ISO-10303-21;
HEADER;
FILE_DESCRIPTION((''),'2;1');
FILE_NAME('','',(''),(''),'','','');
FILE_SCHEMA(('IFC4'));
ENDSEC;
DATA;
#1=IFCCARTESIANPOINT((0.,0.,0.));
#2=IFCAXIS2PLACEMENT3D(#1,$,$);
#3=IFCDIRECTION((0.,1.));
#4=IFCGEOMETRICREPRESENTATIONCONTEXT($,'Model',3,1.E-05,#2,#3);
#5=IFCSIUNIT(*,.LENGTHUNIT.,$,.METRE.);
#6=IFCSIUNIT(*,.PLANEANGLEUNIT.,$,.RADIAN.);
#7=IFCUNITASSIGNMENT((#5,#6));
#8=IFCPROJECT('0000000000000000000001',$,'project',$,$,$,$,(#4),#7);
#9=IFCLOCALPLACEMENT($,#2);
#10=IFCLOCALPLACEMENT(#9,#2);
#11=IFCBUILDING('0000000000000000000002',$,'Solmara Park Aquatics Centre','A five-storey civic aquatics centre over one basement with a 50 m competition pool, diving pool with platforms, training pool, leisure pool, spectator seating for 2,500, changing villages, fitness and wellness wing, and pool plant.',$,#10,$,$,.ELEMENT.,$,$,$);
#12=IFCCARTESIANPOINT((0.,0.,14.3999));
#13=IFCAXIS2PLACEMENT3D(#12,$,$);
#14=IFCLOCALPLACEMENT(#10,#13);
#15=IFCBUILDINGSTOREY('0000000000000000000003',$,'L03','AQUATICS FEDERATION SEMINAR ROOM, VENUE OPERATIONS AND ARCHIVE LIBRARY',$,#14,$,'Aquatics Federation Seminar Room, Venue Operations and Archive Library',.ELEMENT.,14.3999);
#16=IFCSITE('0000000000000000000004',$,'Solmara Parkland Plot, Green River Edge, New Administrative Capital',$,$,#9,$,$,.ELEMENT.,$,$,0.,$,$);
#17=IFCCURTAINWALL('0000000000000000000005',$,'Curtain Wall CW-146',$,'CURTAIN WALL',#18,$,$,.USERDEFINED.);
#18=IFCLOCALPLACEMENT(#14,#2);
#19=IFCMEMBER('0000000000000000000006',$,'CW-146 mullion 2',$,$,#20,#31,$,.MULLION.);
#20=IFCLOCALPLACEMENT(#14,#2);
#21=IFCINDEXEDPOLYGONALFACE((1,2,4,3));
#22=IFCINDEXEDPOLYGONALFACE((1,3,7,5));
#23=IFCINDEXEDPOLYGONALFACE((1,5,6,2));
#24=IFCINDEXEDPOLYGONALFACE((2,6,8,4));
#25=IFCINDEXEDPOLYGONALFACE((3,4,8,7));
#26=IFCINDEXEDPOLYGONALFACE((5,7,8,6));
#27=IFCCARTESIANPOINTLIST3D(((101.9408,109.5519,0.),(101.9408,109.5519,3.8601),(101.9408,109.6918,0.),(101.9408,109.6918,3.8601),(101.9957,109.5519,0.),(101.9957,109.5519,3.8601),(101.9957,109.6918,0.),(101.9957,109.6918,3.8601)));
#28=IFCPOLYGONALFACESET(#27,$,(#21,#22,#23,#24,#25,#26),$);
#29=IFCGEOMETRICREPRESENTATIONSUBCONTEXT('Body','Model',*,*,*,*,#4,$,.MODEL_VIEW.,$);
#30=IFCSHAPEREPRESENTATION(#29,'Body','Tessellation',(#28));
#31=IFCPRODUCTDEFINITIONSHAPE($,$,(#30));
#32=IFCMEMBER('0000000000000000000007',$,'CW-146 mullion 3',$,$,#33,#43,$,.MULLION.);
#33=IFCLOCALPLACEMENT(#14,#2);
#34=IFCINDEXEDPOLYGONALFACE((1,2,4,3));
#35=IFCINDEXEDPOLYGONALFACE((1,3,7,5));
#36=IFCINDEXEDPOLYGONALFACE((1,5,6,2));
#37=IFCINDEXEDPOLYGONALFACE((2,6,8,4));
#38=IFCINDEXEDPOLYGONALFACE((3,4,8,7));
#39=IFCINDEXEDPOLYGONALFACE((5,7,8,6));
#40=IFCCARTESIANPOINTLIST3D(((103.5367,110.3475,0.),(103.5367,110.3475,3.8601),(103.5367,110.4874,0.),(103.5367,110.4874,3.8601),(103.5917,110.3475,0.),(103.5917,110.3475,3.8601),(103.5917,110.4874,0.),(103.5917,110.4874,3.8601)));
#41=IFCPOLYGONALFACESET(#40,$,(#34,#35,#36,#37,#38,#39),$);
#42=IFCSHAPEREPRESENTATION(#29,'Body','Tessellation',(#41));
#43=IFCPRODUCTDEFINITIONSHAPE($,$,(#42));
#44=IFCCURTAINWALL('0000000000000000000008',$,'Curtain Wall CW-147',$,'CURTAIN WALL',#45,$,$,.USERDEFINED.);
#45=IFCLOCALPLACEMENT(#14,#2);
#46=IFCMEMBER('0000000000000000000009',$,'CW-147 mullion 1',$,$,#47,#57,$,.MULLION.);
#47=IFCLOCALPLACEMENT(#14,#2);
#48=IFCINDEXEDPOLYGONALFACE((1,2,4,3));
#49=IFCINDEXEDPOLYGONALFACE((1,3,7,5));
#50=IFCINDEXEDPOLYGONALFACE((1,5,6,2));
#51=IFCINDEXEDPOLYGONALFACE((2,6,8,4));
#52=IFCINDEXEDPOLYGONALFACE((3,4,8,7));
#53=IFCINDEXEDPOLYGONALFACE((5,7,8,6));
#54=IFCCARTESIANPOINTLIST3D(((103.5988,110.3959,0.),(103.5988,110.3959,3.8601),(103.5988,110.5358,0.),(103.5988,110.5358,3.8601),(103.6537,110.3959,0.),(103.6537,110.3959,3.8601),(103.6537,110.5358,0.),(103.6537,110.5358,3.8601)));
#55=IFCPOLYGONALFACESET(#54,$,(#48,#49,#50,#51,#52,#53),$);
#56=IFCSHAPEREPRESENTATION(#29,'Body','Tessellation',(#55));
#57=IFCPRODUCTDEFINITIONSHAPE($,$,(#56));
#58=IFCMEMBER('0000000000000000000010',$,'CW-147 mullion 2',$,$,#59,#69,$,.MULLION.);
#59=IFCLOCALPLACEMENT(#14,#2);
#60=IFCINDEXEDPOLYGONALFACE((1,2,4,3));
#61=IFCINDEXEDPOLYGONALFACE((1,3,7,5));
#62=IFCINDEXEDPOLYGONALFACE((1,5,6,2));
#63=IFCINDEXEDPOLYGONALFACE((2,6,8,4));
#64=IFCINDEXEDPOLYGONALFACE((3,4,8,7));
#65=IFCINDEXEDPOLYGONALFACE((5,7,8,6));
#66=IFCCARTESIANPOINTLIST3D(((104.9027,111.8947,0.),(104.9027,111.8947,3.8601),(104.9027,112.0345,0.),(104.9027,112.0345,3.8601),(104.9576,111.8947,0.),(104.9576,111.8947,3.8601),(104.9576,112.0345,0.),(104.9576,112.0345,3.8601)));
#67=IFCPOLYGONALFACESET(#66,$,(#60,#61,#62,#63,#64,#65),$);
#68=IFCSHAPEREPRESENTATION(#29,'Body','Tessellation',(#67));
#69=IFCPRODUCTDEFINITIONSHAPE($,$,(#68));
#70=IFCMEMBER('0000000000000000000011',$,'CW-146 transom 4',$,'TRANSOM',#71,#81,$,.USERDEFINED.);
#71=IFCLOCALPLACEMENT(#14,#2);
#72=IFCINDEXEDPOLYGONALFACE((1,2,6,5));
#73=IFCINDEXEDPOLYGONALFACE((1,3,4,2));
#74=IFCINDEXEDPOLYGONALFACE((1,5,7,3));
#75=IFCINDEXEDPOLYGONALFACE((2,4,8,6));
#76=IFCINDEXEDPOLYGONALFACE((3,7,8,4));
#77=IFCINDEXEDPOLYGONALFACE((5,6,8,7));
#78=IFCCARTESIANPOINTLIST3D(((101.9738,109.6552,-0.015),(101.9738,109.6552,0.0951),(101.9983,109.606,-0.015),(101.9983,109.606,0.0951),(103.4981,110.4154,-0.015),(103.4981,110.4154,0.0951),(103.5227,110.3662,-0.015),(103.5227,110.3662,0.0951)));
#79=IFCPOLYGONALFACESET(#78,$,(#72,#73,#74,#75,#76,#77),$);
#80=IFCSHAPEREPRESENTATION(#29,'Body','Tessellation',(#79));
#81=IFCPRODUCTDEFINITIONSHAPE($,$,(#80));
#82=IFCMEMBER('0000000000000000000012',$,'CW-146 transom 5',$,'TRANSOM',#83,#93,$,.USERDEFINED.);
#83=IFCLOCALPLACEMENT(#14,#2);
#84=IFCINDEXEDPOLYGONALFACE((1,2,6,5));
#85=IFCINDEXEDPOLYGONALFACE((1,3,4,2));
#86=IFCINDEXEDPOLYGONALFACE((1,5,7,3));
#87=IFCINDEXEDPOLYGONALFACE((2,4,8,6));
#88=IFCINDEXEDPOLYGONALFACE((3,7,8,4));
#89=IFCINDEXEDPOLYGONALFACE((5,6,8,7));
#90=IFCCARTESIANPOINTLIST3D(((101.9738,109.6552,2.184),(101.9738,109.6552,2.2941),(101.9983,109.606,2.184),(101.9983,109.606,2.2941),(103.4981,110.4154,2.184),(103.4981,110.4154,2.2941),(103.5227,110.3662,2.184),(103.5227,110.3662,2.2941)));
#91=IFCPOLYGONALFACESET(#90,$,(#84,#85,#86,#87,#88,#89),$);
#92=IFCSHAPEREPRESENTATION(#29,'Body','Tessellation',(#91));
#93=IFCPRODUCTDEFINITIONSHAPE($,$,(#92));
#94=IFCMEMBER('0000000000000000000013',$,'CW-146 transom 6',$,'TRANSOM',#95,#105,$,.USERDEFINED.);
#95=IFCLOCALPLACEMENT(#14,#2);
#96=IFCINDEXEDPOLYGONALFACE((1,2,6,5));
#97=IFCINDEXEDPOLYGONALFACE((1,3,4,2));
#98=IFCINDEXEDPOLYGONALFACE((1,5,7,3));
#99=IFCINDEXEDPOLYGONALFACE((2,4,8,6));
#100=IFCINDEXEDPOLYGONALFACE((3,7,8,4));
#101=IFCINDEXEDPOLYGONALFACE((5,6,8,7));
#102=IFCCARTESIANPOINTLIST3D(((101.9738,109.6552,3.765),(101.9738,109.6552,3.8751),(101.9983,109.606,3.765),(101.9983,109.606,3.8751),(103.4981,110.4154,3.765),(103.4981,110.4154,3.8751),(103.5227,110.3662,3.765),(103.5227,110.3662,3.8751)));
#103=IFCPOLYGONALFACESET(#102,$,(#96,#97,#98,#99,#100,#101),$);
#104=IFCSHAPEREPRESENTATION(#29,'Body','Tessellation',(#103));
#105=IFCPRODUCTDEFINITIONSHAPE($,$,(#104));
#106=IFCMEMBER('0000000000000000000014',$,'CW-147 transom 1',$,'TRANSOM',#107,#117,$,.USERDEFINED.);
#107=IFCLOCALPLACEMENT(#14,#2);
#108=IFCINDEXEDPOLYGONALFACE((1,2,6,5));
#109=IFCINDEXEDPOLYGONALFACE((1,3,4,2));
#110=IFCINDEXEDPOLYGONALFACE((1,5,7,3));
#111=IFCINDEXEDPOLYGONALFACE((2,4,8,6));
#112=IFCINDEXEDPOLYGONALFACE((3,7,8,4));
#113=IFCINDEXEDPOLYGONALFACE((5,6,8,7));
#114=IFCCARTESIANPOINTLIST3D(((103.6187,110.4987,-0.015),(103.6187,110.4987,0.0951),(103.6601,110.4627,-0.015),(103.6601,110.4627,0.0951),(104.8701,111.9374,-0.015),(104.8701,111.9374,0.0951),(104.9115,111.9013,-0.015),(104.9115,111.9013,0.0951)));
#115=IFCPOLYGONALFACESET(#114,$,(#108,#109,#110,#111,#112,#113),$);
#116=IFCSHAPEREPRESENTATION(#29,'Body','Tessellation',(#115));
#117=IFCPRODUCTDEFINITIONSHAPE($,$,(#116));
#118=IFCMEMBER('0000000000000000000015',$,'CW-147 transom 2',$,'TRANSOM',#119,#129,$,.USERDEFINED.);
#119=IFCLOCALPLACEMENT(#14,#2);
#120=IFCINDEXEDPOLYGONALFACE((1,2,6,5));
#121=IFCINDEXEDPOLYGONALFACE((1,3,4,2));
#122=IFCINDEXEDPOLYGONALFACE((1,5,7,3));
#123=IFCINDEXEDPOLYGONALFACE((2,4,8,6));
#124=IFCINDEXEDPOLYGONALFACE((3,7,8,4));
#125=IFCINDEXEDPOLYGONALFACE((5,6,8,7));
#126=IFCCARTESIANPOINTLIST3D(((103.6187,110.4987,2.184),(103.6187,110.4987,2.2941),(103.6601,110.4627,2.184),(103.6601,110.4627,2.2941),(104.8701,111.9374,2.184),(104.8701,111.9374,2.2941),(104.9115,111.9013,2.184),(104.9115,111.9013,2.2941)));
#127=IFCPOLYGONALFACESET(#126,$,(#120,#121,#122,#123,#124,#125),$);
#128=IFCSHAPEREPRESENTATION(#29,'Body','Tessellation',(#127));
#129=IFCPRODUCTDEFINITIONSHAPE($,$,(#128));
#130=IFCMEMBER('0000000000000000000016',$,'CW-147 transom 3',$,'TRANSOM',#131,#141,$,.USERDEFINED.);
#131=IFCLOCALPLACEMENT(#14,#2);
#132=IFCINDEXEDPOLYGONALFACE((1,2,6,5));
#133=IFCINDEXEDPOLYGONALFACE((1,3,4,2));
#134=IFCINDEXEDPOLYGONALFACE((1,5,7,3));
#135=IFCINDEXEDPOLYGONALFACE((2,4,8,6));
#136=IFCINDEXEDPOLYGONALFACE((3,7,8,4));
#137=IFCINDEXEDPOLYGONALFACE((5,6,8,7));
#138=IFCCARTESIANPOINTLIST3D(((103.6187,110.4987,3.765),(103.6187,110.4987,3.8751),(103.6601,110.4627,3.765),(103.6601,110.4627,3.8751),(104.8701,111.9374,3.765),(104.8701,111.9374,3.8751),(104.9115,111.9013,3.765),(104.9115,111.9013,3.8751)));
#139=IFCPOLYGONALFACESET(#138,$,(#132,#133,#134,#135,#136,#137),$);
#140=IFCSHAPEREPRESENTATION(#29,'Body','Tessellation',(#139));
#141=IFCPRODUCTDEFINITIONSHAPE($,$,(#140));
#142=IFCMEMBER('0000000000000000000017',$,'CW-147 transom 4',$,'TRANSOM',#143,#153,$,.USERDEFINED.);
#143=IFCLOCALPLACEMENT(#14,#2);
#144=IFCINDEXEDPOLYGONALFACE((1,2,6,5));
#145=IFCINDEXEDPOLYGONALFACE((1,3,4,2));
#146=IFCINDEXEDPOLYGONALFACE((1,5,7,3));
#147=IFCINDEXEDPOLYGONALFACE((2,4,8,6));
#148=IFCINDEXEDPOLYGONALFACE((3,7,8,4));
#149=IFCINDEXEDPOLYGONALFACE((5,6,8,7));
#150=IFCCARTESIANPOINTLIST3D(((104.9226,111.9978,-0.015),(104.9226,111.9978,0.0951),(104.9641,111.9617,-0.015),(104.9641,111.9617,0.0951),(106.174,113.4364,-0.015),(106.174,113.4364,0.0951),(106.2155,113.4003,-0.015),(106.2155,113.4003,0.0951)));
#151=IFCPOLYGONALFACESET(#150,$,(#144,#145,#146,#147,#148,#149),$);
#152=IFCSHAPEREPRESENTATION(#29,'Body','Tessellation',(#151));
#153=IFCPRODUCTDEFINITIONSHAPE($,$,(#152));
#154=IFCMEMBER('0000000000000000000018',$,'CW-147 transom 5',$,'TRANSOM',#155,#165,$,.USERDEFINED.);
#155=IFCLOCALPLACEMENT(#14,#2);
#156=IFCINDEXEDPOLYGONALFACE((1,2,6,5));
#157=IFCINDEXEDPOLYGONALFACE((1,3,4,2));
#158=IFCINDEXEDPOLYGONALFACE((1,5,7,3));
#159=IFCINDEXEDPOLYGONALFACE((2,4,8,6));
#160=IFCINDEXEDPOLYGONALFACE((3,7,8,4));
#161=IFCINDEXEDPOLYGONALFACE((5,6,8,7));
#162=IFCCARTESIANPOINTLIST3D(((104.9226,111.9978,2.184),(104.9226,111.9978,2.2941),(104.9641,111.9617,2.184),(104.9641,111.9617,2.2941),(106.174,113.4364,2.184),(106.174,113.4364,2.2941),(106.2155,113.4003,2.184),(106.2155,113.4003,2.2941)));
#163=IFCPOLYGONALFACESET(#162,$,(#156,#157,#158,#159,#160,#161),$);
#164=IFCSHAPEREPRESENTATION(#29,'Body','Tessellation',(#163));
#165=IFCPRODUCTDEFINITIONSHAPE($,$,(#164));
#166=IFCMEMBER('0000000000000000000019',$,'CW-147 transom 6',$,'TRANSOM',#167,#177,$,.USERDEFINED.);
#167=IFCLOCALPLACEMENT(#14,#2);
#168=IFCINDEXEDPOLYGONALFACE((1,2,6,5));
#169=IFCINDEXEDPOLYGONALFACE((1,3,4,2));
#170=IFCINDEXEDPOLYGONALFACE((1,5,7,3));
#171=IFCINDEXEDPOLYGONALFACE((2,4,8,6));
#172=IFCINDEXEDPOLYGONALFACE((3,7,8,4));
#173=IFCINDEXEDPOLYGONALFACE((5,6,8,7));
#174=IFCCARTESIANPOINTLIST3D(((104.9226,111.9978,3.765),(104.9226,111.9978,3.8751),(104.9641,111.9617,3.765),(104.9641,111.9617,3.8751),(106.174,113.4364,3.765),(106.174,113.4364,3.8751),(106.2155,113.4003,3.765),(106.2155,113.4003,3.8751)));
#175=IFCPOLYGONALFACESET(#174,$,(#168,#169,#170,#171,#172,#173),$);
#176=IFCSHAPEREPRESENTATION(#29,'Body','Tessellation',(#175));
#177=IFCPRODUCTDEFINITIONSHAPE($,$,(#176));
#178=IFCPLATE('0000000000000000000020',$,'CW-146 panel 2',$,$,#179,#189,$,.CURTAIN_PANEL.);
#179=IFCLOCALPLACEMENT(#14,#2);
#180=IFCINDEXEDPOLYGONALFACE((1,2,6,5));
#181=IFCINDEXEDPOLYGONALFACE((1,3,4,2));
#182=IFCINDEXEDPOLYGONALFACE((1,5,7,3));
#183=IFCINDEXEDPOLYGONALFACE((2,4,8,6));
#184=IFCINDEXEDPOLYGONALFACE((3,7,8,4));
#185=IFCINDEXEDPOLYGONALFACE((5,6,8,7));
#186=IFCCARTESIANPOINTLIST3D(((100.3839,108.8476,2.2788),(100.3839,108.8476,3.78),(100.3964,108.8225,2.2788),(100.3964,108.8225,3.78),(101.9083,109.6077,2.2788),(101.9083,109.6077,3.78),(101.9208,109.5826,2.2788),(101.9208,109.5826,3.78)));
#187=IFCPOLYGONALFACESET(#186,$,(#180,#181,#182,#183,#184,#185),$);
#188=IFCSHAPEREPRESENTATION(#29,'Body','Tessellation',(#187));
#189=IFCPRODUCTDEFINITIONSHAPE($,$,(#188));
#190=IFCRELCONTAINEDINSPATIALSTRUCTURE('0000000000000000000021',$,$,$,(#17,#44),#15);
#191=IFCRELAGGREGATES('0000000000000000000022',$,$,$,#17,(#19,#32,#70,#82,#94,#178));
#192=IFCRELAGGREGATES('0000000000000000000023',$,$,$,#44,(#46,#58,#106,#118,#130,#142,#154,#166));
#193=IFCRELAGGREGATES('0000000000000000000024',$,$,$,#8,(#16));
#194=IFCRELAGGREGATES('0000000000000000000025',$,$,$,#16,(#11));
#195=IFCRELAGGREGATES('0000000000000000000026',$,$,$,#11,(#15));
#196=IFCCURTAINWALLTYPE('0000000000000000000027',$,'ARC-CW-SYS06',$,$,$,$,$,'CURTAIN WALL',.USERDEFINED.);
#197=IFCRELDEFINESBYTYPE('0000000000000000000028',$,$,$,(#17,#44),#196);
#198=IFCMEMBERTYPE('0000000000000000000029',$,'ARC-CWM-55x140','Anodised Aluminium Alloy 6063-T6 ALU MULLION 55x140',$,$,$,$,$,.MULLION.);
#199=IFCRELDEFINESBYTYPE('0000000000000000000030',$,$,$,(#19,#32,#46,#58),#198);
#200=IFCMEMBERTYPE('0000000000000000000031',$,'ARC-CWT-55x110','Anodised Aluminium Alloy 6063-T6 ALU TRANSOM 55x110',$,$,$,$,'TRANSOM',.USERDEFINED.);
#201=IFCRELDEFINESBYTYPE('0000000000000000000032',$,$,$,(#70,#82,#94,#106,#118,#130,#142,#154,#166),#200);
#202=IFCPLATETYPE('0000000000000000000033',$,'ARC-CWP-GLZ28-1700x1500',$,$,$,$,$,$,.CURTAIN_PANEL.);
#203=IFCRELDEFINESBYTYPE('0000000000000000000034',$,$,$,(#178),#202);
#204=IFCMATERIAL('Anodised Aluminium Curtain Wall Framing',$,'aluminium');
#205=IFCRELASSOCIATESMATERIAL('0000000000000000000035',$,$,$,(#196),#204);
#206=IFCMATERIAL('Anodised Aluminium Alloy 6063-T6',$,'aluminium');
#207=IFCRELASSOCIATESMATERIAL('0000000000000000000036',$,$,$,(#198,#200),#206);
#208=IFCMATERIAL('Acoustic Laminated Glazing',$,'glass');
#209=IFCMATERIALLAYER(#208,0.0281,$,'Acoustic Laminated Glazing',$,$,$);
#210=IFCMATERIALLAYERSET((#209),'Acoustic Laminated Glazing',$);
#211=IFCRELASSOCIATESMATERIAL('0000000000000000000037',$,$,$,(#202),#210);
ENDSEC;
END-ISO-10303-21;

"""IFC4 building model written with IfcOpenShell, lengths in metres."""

from ifc_helpers import new_model, si_unit, direction, frame, origin, origin_2d, place, context, subcontext, project, spatial, rectangle, extrude, material, layer, layer_set, material_profile, profile_set, type_object, element, aggregate, save


model = new_model("IFC4")

# Units and contexts
model_context = context("Model", 3, precision=1e-05, world=origin(), true_north=direction((0.0, 1.0)))
body_context = subcontext(model_context, "Body", "Model", "MODEL_VIEW")
ifc_project = project(units=[si_unit("LENGTHUNIT", "METRE"), si_unit("PLANEANGLEUNIT", "RADIAN")], contexts=[model_context])

# Site, building, storey
site_placement = place(None, origin())
site = spatial("IfcSite", under=ifc_project, at=site_placement, Name="Solmara Parkland Plot, Green River Edge, New Administrative Capital", CompositionType="ELEMENT", RefElevation=0.0)
building_placement = place(site_placement, origin())
building = spatial("IfcBuilding", under=site, at=building_placement, Name="Solmara Park Aquatics Centre", Description="A five-storey civic aquatics centre over one basement with a 50 m competition pool, diving pool with platforms, training pool, leisure pool, spectator seating for 2,500, changing villages, fitness and wellness wing, and pool plant.", CompositionType="ELEMENT")
storey_placement = place(building_placement, frame((0.0, 0.0, 14.3999)))
storey = spatial("IfcBuildingStorey", under=building, at=storey_placement, Name="L03", Description="AQUATICS FEDERATION SEMINAR ROOM, VENUE OPERATIONS AND ARCHIVE LIBRARY", LongName="Aquatics Federation Seminar Room, Venue Operations and Archive Library", CompositionType="ELEMENT", Elevation=14.3999)

# Curtain walls, members
ifc_material_1 = material(Name="Anodised Aluminium Curtain Wall Framing", Category="aluminium")
curtain_wall_type = type_object("IfcCurtainWallType", Name="ARC-CW-SYS06", ElementType="CURTAIN WALL", PredefinedType="USERDEFINED", material=ifc_material_1)
curtain_wall_1_placement = place(storey_placement, origin())
curtain_wall_1 = element("IfcCurtainWall", 1, at=curtain_wall_1_placement, inside=storey, type_object=curtain_wall_type, Name="Curtain Wall CW-146", ObjectType="CURTAIN WALL", PredefinedType="USERDEFINED")
ifc_material_2 = material(Name="Anodised Aluminium Alloy 6063-T6", Category="aluminium")
ifc_material_profile_1 = material_profile(ifc_material_2, rectangle(XDim=0.0549, YDim=0.1399, at=origin_2d()), Name="ALU MULLION 55x140")
ifc_profile_set_1 = profile_set([ifc_material_profile_1], Name="Anodised Aluminium Alloy 6063-T6")
member_type_1 = type_object("IfcMemberType", Name="ARC-CWM-55x140", Description="Anodised Aluminium Alloy 6063-T6 ALU MULLION 55x140", PredefinedType="MULLION", material=ifc_profile_set_1)
member_1_placement = place(storey_placement, frame((101.9683, 109.6218, 0.0), z_axis=(0.0, 0.0, 1.0), x_axis=(1.0, 0.0, 0.0)))
member_1 = element("IfcMember", 2, at=member_1_placement, type_object=member_type_1, Name="CW-146 mullion 2", PredefinedType="MULLION", context=body_context, shape_type="SweptSolid", body=[
    extrude(rectangle(XDim=0.0549, YDim=0.1399, at=origin_2d()), origin(), (0.0, 0.0, 1.0), 3.8601),
])
member_2_placement = place(storey_placement, frame((103.5642, 110.4175, 0.0), z_axis=(0.0, 0.0, 1.0), x_axis=(1.0, 0.0, 0.0)))
member_2 = element("IfcMember", 3, at=member_2_placement, type_object=member_type_1, Name="CW-146 mullion 3", PredefinedType="MULLION", context=body_context, shape_type="SweptSolid", body=[
    extrude(rectangle(XDim=0.0549, YDim=0.1399, at=origin_2d()), origin(), (0.0, 0.0, 1.0), 3.8601),
])
curtain_wall_2_placement = place(storey_placement, origin())
curtain_wall_2 = element("IfcCurtainWall", 4, at=curtain_wall_2_placement, inside=storey, type_object=curtain_wall_type, Name="Curtain Wall CW-147", ObjectType="CURTAIN WALL", PredefinedType="USERDEFINED")
member_3_placement = place(storey_placement, frame((103.6262, 110.4658, 0.0), z_axis=(0.0, 0.0, 1.0), x_axis=(1.0, 0.0, 0.0)))
member_3 = element("IfcMember", 5, at=member_3_placement, type_object=member_type_1, Name="CW-147 mullion 1", PredefinedType="MULLION", context=body_context, shape_type="SweptSolid", body=[
    extrude(rectangle(XDim=0.0549, YDim=0.1399, at=origin_2d()), origin(), (0.0, 0.0, 1.0), 3.8601),
])
member_4_placement = place(storey_placement, frame((104.9302, 111.9646, 0.0), z_axis=(0.0, 0.0, 1.0), x_axis=(1.0, 0.0, 0.0)))
member_4 = element("IfcMember", 6, at=member_4_placement, type_object=member_type_1, Name="CW-147 mullion 2", PredefinedType="MULLION", context=body_context, shape_type="SweptSolid", body=[
    extrude(rectangle(XDim=0.0549, YDim=0.1399, at=origin_2d()), origin(), (0.0, 0.0, 1.0), 3.8601),
])

# Members
ifc_material_profile_2 = material_profile(ifc_material_2, rectangle(XDim=0.0549, YDim=0.1101, at=origin_2d()), Name="ALU TRANSOM 55x110")
ifc_profile_set_2 = profile_set([ifc_material_profile_2], Name="Anodised Aluminium Alloy 6063-T6")
member_type_2 = type_object("IfcMemberType", Name="ARC-CWT-55x110", Description="Anodised Aluminium Alloy 6063-T6 ALU TRANSOM 55x110", ElementType="TRANSOM", PredefinedType="USERDEFINED", material=ifc_profile_set_2)
member_5_placement = place(storey_placement, frame((101.9861, 109.6306, 0.04), z_axis=(0.894885, 0.446296, 0.0), x_axis=(-0.446296, 0.894885, 0.0)))
member_5 = element("IfcMember", 7, at=member_5_placement, type_object=member_type_2, Name="CW-146 transom 4", ObjectType="TRANSOM", PredefinedType="USERDEFINED", context=body_context, shape_type="SweptSolid", body=[
    extrude(rectangle(XDim=0.0549, YDim=0.1101, at=origin_2d()), origin(), (0.0, 0.0, 1.0), 1.7034),
])
member_6_placement = place(storey_placement, frame((101.9861, 109.6306, 2.239), z_axis=(0.894885, 0.446296, 0.0), x_axis=(-0.446296, 0.894885, 0.0)))
member_6 = element("IfcMember", 8, at=member_6_placement, type_object=member_type_2, Name="CW-146 transom 5", ObjectType="TRANSOM", PredefinedType="USERDEFINED", context=body_context, shape_type="SweptSolid", body=[
    extrude(rectangle(XDim=0.0549, YDim=0.1101, at=origin_2d()), origin(), (0.0, 0.0, 1.0), 1.7034),
])
member_7_placement = place(storey_placement, frame((101.9861, 109.6306, 3.8201), z_axis=(0.894885, 0.446296, 0.0), x_axis=(-0.446296, 0.894885, 0.0)))
member_7 = element("IfcMember", 9, at=member_7_placement, type_object=member_type_2, Name="CW-146 transom 6", ObjectType="TRANSOM", PredefinedType="USERDEFINED", context=body_context, shape_type="SweptSolid", body=[
    extrude(rectangle(XDim=0.0549, YDim=0.1101, at=origin_2d()), origin(), (0.0, 0.0, 1.0), 1.7034),
])
member_8_placement = place(storey_placement, frame((103.6394, 110.4807, 0.04), z_axis=(0.656299, 0.754501, 0.0), x_axis=(-0.754501, 0.656299, 0.0)))
member_8 = element("IfcMember", 10, at=member_8_placement, type_object=member_type_2, Name="CW-147 transom 1", ObjectType="TRANSOM", PredefinedType="USERDEFINED", context=body_context, shape_type="SweptSolid", body=[
    extrude(rectangle(XDim=0.0549, YDim=0.1101, at=origin_2d()), origin(), (0.0, 0.0, 1.0), 1.9067),
])
member_9_placement = place(storey_placement, frame((103.6394, 110.4807, 2.239), z_axis=(0.656299, 0.754501, 0.0), x_axis=(-0.754501, 0.656299, 0.0)))
member_9 = element("IfcMember", 11, at=member_9_placement, type_object=member_type_2, Name="CW-147 transom 2", ObjectType="TRANSOM", PredefinedType="USERDEFINED", context=body_context, shape_type="SweptSolid", body=[
    extrude(rectangle(XDim=0.0549, YDim=0.1101, at=origin_2d()), origin(), (0.0, 0.0, 1.0), 1.9067),
])
member_10_placement = place(storey_placement, frame((103.6394, 110.4807, 3.8201), z_axis=(0.656299, 0.754501, 0.0), x_axis=(-0.754501, 0.656299, 0.0)))
member_10 = element("IfcMember", 12, at=member_10_placement, type_object=member_type_2, Name="CW-147 transom 3", ObjectType="TRANSOM", PredefinedType="USERDEFINED", context=body_context, shape_type="SweptSolid", body=[
    extrude(rectangle(XDim=0.0549, YDim=0.1101, at=origin_2d()), origin(), (0.0, 0.0, 1.0), 1.9067),
])
member_11_placement = place(storey_placement, frame((104.9434, 111.9797, 0.04), z_axis=(0.656299, 0.754501, 0.0), x_axis=(-0.754501, 0.656299, 0.0)))
member_11 = element("IfcMember", 13, at=member_11_placement, type_object=member_type_2, Name="CW-147 transom 4", ObjectType="TRANSOM", PredefinedType="USERDEFINED", context=body_context, shape_type="SweptSolid", body=[
    extrude(rectangle(XDim=0.0549, YDim=0.1101, at=origin_2d()), origin(), (0.0, 0.0, 1.0), 1.9067),
])
member_12_placement = place(storey_placement, frame((104.9434, 111.9797, 2.239), z_axis=(0.656299, 0.754501, 0.0), x_axis=(-0.754501, 0.656299, 0.0)))
member_12 = element("IfcMember", 14, at=member_12_placement, type_object=member_type_2, Name="CW-147 transom 5", ObjectType="TRANSOM", PredefinedType="USERDEFINED", context=body_context, shape_type="SweptSolid", body=[
    extrude(rectangle(XDim=0.0549, YDim=0.1101, at=origin_2d()), origin(), (0.0, 0.0, 1.0), 1.9067),
])
member_13_placement = place(storey_placement, frame((104.9434, 111.9797, 3.8201), z_axis=(0.656299, 0.754501, 0.0), x_axis=(-0.754501, 0.656299, 0.0)))
member_13 = element("IfcMember", 15, at=member_13_placement, type_object=member_type_2, Name="CW-147 transom 6", ObjectType="TRANSOM", PredefinedType="USERDEFINED", context=body_context, shape_type="SweptSolid", body=[
    extrude(rectangle(XDim=0.0549, YDim=0.1101, at=origin_2d()), origin(), (0.0, 0.0, 1.0), 1.9067),
])

# Plate
ifc_material_3 = material(Name="Acoustic Laminated Glazing", Category="glass")
ifc_layer_1 = layer(ifc_material_3, 0.0281, Name="Acoustic Laminated Glazing")
ifc_layer_set_1 = layer_set([ifc_layer_1], Name="Acoustic Laminated Glazing")
plate_type_1 = type_object("IfcPlateType", Name="ARC-CWP-GLZ28-1700x1500", PredefinedType="CURTAIN_PANEL", material=ifc_layer_set_1)
plate_1_placement = place(storey_placement, frame((101.1523, 109.2151, 2.2788), z_axis=(0.0, 0.0, 1.0), x_axis=(0.894904, 0.446259, 0.0)))
plate_1 = element("IfcPlate", 16, at=plate_1_placement, type_object=plate_type_1, Name="CW-146 panel 2", PredefinedType="CURTAIN_PANEL", context=body_context, shape_type="SweptSolid", body=[
    extrude(rectangle(XDim=1.7034, YDim=0.0281, at=origin_2d()), origin(), (0.0, 0.0, 1.0), 1.5012),
])
aggregate(curtain_wall_1, [member_1, member_2, member_5, member_6, member_7, plate_1])
aggregate(curtain_wall_2, [member_3, member_4, member_8, member_9, member_10, member_11, member_12, member_13])

save(model, "model.ifc")
